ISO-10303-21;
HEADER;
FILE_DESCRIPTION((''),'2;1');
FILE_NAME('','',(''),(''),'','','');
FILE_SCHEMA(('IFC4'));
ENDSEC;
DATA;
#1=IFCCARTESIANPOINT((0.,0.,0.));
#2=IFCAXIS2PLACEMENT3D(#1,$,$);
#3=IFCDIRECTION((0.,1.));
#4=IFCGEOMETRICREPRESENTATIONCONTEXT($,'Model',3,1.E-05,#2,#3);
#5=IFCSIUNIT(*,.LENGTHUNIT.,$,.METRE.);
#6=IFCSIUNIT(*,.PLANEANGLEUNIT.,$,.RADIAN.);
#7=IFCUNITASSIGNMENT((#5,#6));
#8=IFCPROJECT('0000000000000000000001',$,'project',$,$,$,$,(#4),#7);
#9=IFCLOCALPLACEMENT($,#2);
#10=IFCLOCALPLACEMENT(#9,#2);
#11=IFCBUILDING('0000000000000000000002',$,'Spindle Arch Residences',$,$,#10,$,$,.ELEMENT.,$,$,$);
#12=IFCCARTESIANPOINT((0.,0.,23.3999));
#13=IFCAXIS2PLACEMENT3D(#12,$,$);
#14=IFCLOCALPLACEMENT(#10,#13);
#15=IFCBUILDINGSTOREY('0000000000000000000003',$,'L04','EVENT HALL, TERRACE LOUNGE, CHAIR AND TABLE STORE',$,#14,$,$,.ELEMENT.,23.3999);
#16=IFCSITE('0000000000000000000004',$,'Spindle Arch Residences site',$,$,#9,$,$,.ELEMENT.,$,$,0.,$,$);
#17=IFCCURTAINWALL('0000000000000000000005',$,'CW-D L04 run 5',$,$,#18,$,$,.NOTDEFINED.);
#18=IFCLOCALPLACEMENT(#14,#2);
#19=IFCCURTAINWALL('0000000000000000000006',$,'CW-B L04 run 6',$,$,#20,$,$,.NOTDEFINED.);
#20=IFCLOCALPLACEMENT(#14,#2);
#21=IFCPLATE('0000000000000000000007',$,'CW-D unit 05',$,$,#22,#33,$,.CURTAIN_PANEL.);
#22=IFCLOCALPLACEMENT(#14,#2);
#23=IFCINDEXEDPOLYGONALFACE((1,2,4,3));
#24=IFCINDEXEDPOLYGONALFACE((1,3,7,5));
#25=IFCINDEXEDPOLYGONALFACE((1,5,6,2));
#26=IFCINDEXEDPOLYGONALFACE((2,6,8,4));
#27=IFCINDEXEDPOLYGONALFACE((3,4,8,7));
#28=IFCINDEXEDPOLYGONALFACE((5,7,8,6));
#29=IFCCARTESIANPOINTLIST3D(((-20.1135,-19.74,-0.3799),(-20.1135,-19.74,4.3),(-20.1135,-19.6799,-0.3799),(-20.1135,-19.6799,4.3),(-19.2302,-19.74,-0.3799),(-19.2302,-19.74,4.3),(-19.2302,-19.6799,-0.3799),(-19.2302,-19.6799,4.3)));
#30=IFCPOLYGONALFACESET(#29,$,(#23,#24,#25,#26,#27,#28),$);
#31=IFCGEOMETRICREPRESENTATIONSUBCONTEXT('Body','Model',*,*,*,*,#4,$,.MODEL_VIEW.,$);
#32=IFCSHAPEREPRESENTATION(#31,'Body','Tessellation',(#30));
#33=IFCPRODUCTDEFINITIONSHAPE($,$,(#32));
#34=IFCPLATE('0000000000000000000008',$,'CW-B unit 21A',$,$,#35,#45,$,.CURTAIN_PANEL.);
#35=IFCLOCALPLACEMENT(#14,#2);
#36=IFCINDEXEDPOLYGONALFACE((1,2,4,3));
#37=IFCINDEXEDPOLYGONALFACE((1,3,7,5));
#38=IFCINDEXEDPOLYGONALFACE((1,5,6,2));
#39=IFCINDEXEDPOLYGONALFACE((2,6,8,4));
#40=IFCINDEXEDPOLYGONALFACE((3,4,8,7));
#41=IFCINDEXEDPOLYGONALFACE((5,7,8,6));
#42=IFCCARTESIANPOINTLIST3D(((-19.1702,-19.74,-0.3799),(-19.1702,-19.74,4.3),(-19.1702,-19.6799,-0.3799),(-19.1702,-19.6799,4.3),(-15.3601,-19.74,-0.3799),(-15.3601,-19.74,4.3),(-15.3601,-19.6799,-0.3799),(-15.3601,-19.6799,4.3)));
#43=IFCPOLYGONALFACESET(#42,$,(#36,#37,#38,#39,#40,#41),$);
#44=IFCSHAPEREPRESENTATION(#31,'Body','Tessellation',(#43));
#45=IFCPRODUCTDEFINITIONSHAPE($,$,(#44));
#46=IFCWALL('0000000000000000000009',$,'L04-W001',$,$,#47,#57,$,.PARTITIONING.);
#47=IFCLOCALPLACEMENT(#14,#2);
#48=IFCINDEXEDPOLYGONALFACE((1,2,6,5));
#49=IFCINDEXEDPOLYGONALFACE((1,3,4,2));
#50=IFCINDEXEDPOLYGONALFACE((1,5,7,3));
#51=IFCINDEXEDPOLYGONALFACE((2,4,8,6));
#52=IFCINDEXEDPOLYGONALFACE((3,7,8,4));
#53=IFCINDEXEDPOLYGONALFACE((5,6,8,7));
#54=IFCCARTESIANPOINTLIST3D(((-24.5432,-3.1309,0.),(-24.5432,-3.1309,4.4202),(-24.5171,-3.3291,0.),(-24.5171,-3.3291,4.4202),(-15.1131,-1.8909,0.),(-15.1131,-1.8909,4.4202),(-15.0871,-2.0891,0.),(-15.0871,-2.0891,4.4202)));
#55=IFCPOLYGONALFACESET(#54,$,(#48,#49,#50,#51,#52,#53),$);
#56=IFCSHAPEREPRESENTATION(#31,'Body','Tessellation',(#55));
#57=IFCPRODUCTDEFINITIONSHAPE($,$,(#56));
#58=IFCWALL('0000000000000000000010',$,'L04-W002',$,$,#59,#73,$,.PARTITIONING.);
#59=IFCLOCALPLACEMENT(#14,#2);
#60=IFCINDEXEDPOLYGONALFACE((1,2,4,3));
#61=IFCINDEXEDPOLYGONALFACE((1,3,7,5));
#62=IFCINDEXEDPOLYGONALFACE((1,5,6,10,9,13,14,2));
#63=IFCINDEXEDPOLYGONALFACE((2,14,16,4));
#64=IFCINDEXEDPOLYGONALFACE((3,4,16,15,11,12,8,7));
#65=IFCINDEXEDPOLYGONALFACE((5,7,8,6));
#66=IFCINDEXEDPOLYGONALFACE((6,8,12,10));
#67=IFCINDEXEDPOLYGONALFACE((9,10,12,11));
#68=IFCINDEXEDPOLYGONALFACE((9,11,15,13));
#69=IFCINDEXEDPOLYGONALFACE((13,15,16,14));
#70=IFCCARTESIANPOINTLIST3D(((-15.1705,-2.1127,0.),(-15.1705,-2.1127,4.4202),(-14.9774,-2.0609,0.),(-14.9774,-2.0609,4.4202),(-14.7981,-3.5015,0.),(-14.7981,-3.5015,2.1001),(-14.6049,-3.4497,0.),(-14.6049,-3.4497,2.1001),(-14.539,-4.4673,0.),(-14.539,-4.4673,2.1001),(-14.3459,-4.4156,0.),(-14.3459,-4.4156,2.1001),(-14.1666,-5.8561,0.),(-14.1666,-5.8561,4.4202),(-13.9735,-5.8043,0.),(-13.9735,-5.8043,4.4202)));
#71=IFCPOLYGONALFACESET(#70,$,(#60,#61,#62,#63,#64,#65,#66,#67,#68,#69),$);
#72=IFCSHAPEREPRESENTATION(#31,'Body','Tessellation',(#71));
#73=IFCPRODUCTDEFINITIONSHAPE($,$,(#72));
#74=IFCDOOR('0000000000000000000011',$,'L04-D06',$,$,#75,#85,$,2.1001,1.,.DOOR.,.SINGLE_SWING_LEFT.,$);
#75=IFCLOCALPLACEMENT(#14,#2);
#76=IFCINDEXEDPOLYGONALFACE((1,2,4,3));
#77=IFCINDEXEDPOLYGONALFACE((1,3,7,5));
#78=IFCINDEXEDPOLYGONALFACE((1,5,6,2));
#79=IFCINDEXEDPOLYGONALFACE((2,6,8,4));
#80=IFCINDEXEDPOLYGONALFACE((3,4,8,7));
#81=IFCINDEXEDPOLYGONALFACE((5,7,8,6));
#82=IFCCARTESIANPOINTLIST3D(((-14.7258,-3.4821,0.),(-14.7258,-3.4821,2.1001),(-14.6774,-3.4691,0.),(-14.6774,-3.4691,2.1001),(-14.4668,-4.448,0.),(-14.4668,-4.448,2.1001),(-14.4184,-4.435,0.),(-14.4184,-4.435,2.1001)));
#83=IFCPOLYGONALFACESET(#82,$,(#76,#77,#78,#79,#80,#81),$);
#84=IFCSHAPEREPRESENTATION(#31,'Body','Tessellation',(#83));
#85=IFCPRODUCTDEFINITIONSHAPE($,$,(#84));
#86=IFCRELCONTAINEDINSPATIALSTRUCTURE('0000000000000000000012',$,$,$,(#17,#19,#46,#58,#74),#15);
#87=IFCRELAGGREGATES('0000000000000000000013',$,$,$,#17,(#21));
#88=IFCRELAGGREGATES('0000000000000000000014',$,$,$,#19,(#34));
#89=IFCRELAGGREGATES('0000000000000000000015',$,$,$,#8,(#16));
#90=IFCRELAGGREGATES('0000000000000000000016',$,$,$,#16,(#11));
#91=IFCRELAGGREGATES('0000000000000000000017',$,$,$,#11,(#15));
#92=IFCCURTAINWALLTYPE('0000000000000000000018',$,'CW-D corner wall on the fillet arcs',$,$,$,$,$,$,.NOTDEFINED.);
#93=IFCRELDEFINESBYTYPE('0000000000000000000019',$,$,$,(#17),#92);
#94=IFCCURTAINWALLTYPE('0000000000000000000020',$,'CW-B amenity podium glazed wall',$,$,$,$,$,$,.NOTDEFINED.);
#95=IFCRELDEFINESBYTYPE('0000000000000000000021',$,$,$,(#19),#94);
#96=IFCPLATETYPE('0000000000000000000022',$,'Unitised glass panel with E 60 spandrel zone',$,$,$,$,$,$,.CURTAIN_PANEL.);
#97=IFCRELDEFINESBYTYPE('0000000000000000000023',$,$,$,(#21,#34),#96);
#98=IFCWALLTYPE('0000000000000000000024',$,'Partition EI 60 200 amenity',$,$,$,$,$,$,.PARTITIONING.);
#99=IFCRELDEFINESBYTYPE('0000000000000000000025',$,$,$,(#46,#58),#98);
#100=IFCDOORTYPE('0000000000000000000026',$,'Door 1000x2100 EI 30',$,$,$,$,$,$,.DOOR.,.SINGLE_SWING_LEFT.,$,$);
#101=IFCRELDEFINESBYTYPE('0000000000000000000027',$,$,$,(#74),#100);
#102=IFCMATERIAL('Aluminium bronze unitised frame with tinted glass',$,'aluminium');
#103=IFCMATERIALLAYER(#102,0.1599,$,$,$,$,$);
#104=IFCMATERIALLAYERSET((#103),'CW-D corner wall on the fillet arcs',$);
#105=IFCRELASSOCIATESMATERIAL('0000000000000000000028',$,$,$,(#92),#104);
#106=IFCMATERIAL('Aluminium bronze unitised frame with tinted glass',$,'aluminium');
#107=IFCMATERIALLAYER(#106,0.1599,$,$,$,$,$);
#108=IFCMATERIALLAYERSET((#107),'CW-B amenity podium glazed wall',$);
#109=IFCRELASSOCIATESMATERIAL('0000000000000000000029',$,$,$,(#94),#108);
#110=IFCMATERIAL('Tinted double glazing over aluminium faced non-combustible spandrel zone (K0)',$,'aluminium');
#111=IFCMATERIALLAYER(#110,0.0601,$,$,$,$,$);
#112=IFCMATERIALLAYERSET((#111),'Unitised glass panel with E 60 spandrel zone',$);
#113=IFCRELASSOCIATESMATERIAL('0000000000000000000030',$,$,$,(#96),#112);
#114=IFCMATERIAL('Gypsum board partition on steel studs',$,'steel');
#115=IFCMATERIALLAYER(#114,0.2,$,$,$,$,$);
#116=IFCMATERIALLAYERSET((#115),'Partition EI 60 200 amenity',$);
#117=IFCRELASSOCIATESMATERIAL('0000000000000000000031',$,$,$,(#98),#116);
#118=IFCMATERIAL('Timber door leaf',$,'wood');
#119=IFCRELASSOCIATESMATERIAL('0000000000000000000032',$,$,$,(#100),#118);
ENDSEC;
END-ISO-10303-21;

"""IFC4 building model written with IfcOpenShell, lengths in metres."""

from ifc_helpers import new_model, si_unit, direction, frame, frame_2d, origin, origin_2d, place, context, subcontext, project, spatial, rectangle, extrude, material, layer, layer_set, type_object, element, fill, aggregate, save


model = new_model("IFC4")

# Units and contexts
model_context = context("Model", 3, precision=1e-05, world=origin(), true_north=direction((0.0, 1.0)))
body_context = subcontext(model_context, "Body", "Model", "MODEL_VIEW")
ifc_project = project(units=[si_unit("LENGTHUNIT", "METRE"), si_unit("PLANEANGLEUNIT", "RADIAN")], contexts=[model_context])

# Site, building, storey
site_placement = place(None, origin())
site = spatial("IfcSite", under=ifc_project, at=site_placement, Name="Spindle Arch Residences site", CompositionType="ELEMENT", RefElevation=0.0)
building_placement = place(site_placement, origin())
building = spatial("IfcBuilding", under=site, at=building_placement, Name="Spindle Arch Residences", CompositionType="ELEMENT")
storey_placement = place(building_placement, frame((0.0, 0.0, 23.3999)))
storey = spatial("IfcBuildingStorey", under=building, at=storey_placement, Name="L04", Description="EVENT HALL, TERRACE LOUNGE, CHAIR AND TABLE STORE", CompositionType="ELEMENT", Elevation=23.3999)

# Curtain wall
ifc_material_1 = material(Name="Aluminium bronze unitised frame with tinted glass", Category="aluminium")
ifc_layer_1 = layer(ifc_material_1, 0.1599)
ifc_layer_set_1 = layer_set([ifc_layer_1], Name="CW-D corner wall on the fillet arcs")
curtain_wall_type_1 = type_object("IfcCurtainWallType", Name="CW-D corner wall on the fillet arcs", PredefinedType="NOTDEFINED", material=ifc_layer_set_1)
curtain_wall_1_placement = place(storey_placement, origin())
curtain_wall_1 = element("IfcCurtainWall", 1, at=curtain_wall_1_placement, inside=storey, type_object=curtain_wall_type_1, Name="CW-D L04 run 5", PredefinedType="NOTDEFINED")

# Curtain wall
ifc_material_2 = material(Name="Aluminium bronze unitised frame with tinted glass", Category="aluminium")
ifc_layer_2 = layer(ifc_material_2, 0.1599)
ifc_layer_set_2 = layer_set([ifc_layer_2], Name="CW-B amenity podium glazed wall")
curtain_wall_type_2 = type_object("IfcCurtainWallType", Name="CW-B amenity podium glazed wall", PredefinedType="NOTDEFINED", material=ifc_layer_set_2)
curtain_wall_2_placement = place(storey_placement, origin())
curtain_wall_2 = element("IfcCurtainWall", 2, at=curtain_wall_2_placement, inside=storey, type_object=curtain_wall_type_2, Name="CW-B L04 run 6", PredefinedType="NOTDEFINED")

# Shared definitions
ifc_material_3 = material(Name="Tinted double glazing over aluminium faced non-combustible spandrel zone (K0)", Category="aluminium")
ifc_layer_3 = layer(ifc_material_3, 0.0601)
ifc_layer_set_3 = layer_set([ifc_layer_3], Name="Unitised glass panel with E 60 spandrel zone")
plate_type = type_object("IfcPlateType", Name="Unitised glass panel with E 60 spandrel zone", PredefinedType="CURTAIN_PANEL", material=ifc_layer_set_3)

# Plates
plate_1_placement = place(storey_placement, frame((-19.6719, -19.71, -0.3799), z_axis=(0.0, 0.0, 1.0), x_axis=(1.0, 0.0, 0.0)))
plate_1 = element("IfcPlate", 3, at=plate_1_placement, type_object=plate_type, Name="CW-D unit 05", PredefinedType="CURTAIN_PANEL", context=body_context, shape_type="SweptSolid", body=[
    extrude(rectangle(XDim=0.8833, YDim=0.0601, at=origin_2d()), origin(), (0.0, 0.0, 1.0), 4.6799),
])
aggregate(curtain_wall_1, [plate_1])
plate_2_placement = place(storey_placement, frame((-17.2651, -19.71, -0.3799), z_axis=(0.0, 0.0, 1.0), x_axis=(1.0, 0.0, 0.0)))
plate_2 = element("IfcPlate", 4, at=plate_2_placement, type_object=plate_type, Name="CW-B unit 21A", PredefinedType="CURTAIN_PANEL", context=body_context, shape_type="SweptSolid", body=[
    extrude(rectangle(XDim=3.8101, YDim=0.0601, at=origin_2d()), origin(), (0.0, 0.0, 1.0), 4.6799),
])
aggregate(curtain_wall_2, [plate_2])

# Wall
ifc_material_4 = material(Name="Gypsum board partition on steel studs", Category="steel")
ifc_layer_4 = layer(ifc_material_4, 0.2)
ifc_layer_set_4 = layer_set([ifc_layer_4], Name="Partition EI 60 200 amenity")
wall_type = type_object("IfcWallType", Name="Partition EI 60 200 amenity", PredefinedType="PARTITIONING", material=ifc_layer_set_4)
wall_1_placement = place(storey_placement, frame((-15.1001, -1.99, 0.0), z_axis=(0.0, 0.0, 1.0), x_axis=(-0.991465, -0.130373, 0.0)))
element("IfcWall", 5, at=wall_1_placement, inside=storey, type_object=wall_type, Name="L04-W001", PredefinedType="PARTITIONING", context=body_context, shape_type="SweptSolid", body=[
    extrude(rectangle(XDim=9.5112, YDim=0.2, at=frame_2d((4.7556, 0.0))), origin(), (0.0, 0.0, 1.0), 4.4202),
])

# Wall, opening, door
wall_2_placement = place(storey_placement, frame((-15.074, -2.0867, 0.0), z_axis=(0.0, 0.0, 1.0), x_axis=(0.259027, -0.96587, 0.0)))
wall_2 = element("IfcWall", 6, at=wall_2_placement, inside=storey, type_object=wall_type, Name="L04-W002", PredefinedType="PARTITIONING", context=body_context, shape_type="SweptSolid", body=[
    extrude(rectangle(XDim=3.8757, YDim=0.2, at=frame_2d((1.938, 0.0))), origin(), (0.0, 0.0, 1.0), 4.4202),
])
opening_placement = place(wall_2_placement, frame((1.438, 0.0, 0.0)))
opening = element("IfcOpeningElement", 7, at=opening_placement, cuts=wall_2, PredefinedType="OPENING", context=body_context, shape_type="SweptSolid", body=[
    extrude(rectangle(XDim=1.0, YDim=2.1001, at=frame_2d((0.5, 1.05))), frame((0.0, 0.1099, 0.0), z_axis=(0.0, -1.0, 0.0), x_axis=(1.0, 0.0, 0.0)), (0.0, 0.0, 1.0), 0.22),
])
ifc_material_5 = material(Name="Timber door leaf", Category="wood")
door_type = type_object("IfcDoorType", Name="Door 1000x2100 EI 30", OperationType="SINGLE_SWING_LEFT", PredefinedType="DOOR", material=ifc_material_5)
door_placement = place(opening_placement, origin())
door = element("IfcDoor", 8, at=door_placement, inside=storey, type_object=door_type, Name="L04-D06", OperationType="SINGLE_SWING_LEFT", OverallHeight=2.1001, OverallWidth=1.0, PredefinedType="DOOR", context=body_context, shape_type="SweptSolid", body=[
    extrude(rectangle(XDim=1.0, YDim=2.1001, at=frame_2d((0.5, 1.05))), frame((0.0, 0.0249, 0.0), z_axis=(0.0, -1.0, 0.0), x_axis=(1.0, 0.0, 0.0)), (0.0, 0.0, 1.0), 0.05),
])
fill(opening, door)

save(model, "model.ifc")
